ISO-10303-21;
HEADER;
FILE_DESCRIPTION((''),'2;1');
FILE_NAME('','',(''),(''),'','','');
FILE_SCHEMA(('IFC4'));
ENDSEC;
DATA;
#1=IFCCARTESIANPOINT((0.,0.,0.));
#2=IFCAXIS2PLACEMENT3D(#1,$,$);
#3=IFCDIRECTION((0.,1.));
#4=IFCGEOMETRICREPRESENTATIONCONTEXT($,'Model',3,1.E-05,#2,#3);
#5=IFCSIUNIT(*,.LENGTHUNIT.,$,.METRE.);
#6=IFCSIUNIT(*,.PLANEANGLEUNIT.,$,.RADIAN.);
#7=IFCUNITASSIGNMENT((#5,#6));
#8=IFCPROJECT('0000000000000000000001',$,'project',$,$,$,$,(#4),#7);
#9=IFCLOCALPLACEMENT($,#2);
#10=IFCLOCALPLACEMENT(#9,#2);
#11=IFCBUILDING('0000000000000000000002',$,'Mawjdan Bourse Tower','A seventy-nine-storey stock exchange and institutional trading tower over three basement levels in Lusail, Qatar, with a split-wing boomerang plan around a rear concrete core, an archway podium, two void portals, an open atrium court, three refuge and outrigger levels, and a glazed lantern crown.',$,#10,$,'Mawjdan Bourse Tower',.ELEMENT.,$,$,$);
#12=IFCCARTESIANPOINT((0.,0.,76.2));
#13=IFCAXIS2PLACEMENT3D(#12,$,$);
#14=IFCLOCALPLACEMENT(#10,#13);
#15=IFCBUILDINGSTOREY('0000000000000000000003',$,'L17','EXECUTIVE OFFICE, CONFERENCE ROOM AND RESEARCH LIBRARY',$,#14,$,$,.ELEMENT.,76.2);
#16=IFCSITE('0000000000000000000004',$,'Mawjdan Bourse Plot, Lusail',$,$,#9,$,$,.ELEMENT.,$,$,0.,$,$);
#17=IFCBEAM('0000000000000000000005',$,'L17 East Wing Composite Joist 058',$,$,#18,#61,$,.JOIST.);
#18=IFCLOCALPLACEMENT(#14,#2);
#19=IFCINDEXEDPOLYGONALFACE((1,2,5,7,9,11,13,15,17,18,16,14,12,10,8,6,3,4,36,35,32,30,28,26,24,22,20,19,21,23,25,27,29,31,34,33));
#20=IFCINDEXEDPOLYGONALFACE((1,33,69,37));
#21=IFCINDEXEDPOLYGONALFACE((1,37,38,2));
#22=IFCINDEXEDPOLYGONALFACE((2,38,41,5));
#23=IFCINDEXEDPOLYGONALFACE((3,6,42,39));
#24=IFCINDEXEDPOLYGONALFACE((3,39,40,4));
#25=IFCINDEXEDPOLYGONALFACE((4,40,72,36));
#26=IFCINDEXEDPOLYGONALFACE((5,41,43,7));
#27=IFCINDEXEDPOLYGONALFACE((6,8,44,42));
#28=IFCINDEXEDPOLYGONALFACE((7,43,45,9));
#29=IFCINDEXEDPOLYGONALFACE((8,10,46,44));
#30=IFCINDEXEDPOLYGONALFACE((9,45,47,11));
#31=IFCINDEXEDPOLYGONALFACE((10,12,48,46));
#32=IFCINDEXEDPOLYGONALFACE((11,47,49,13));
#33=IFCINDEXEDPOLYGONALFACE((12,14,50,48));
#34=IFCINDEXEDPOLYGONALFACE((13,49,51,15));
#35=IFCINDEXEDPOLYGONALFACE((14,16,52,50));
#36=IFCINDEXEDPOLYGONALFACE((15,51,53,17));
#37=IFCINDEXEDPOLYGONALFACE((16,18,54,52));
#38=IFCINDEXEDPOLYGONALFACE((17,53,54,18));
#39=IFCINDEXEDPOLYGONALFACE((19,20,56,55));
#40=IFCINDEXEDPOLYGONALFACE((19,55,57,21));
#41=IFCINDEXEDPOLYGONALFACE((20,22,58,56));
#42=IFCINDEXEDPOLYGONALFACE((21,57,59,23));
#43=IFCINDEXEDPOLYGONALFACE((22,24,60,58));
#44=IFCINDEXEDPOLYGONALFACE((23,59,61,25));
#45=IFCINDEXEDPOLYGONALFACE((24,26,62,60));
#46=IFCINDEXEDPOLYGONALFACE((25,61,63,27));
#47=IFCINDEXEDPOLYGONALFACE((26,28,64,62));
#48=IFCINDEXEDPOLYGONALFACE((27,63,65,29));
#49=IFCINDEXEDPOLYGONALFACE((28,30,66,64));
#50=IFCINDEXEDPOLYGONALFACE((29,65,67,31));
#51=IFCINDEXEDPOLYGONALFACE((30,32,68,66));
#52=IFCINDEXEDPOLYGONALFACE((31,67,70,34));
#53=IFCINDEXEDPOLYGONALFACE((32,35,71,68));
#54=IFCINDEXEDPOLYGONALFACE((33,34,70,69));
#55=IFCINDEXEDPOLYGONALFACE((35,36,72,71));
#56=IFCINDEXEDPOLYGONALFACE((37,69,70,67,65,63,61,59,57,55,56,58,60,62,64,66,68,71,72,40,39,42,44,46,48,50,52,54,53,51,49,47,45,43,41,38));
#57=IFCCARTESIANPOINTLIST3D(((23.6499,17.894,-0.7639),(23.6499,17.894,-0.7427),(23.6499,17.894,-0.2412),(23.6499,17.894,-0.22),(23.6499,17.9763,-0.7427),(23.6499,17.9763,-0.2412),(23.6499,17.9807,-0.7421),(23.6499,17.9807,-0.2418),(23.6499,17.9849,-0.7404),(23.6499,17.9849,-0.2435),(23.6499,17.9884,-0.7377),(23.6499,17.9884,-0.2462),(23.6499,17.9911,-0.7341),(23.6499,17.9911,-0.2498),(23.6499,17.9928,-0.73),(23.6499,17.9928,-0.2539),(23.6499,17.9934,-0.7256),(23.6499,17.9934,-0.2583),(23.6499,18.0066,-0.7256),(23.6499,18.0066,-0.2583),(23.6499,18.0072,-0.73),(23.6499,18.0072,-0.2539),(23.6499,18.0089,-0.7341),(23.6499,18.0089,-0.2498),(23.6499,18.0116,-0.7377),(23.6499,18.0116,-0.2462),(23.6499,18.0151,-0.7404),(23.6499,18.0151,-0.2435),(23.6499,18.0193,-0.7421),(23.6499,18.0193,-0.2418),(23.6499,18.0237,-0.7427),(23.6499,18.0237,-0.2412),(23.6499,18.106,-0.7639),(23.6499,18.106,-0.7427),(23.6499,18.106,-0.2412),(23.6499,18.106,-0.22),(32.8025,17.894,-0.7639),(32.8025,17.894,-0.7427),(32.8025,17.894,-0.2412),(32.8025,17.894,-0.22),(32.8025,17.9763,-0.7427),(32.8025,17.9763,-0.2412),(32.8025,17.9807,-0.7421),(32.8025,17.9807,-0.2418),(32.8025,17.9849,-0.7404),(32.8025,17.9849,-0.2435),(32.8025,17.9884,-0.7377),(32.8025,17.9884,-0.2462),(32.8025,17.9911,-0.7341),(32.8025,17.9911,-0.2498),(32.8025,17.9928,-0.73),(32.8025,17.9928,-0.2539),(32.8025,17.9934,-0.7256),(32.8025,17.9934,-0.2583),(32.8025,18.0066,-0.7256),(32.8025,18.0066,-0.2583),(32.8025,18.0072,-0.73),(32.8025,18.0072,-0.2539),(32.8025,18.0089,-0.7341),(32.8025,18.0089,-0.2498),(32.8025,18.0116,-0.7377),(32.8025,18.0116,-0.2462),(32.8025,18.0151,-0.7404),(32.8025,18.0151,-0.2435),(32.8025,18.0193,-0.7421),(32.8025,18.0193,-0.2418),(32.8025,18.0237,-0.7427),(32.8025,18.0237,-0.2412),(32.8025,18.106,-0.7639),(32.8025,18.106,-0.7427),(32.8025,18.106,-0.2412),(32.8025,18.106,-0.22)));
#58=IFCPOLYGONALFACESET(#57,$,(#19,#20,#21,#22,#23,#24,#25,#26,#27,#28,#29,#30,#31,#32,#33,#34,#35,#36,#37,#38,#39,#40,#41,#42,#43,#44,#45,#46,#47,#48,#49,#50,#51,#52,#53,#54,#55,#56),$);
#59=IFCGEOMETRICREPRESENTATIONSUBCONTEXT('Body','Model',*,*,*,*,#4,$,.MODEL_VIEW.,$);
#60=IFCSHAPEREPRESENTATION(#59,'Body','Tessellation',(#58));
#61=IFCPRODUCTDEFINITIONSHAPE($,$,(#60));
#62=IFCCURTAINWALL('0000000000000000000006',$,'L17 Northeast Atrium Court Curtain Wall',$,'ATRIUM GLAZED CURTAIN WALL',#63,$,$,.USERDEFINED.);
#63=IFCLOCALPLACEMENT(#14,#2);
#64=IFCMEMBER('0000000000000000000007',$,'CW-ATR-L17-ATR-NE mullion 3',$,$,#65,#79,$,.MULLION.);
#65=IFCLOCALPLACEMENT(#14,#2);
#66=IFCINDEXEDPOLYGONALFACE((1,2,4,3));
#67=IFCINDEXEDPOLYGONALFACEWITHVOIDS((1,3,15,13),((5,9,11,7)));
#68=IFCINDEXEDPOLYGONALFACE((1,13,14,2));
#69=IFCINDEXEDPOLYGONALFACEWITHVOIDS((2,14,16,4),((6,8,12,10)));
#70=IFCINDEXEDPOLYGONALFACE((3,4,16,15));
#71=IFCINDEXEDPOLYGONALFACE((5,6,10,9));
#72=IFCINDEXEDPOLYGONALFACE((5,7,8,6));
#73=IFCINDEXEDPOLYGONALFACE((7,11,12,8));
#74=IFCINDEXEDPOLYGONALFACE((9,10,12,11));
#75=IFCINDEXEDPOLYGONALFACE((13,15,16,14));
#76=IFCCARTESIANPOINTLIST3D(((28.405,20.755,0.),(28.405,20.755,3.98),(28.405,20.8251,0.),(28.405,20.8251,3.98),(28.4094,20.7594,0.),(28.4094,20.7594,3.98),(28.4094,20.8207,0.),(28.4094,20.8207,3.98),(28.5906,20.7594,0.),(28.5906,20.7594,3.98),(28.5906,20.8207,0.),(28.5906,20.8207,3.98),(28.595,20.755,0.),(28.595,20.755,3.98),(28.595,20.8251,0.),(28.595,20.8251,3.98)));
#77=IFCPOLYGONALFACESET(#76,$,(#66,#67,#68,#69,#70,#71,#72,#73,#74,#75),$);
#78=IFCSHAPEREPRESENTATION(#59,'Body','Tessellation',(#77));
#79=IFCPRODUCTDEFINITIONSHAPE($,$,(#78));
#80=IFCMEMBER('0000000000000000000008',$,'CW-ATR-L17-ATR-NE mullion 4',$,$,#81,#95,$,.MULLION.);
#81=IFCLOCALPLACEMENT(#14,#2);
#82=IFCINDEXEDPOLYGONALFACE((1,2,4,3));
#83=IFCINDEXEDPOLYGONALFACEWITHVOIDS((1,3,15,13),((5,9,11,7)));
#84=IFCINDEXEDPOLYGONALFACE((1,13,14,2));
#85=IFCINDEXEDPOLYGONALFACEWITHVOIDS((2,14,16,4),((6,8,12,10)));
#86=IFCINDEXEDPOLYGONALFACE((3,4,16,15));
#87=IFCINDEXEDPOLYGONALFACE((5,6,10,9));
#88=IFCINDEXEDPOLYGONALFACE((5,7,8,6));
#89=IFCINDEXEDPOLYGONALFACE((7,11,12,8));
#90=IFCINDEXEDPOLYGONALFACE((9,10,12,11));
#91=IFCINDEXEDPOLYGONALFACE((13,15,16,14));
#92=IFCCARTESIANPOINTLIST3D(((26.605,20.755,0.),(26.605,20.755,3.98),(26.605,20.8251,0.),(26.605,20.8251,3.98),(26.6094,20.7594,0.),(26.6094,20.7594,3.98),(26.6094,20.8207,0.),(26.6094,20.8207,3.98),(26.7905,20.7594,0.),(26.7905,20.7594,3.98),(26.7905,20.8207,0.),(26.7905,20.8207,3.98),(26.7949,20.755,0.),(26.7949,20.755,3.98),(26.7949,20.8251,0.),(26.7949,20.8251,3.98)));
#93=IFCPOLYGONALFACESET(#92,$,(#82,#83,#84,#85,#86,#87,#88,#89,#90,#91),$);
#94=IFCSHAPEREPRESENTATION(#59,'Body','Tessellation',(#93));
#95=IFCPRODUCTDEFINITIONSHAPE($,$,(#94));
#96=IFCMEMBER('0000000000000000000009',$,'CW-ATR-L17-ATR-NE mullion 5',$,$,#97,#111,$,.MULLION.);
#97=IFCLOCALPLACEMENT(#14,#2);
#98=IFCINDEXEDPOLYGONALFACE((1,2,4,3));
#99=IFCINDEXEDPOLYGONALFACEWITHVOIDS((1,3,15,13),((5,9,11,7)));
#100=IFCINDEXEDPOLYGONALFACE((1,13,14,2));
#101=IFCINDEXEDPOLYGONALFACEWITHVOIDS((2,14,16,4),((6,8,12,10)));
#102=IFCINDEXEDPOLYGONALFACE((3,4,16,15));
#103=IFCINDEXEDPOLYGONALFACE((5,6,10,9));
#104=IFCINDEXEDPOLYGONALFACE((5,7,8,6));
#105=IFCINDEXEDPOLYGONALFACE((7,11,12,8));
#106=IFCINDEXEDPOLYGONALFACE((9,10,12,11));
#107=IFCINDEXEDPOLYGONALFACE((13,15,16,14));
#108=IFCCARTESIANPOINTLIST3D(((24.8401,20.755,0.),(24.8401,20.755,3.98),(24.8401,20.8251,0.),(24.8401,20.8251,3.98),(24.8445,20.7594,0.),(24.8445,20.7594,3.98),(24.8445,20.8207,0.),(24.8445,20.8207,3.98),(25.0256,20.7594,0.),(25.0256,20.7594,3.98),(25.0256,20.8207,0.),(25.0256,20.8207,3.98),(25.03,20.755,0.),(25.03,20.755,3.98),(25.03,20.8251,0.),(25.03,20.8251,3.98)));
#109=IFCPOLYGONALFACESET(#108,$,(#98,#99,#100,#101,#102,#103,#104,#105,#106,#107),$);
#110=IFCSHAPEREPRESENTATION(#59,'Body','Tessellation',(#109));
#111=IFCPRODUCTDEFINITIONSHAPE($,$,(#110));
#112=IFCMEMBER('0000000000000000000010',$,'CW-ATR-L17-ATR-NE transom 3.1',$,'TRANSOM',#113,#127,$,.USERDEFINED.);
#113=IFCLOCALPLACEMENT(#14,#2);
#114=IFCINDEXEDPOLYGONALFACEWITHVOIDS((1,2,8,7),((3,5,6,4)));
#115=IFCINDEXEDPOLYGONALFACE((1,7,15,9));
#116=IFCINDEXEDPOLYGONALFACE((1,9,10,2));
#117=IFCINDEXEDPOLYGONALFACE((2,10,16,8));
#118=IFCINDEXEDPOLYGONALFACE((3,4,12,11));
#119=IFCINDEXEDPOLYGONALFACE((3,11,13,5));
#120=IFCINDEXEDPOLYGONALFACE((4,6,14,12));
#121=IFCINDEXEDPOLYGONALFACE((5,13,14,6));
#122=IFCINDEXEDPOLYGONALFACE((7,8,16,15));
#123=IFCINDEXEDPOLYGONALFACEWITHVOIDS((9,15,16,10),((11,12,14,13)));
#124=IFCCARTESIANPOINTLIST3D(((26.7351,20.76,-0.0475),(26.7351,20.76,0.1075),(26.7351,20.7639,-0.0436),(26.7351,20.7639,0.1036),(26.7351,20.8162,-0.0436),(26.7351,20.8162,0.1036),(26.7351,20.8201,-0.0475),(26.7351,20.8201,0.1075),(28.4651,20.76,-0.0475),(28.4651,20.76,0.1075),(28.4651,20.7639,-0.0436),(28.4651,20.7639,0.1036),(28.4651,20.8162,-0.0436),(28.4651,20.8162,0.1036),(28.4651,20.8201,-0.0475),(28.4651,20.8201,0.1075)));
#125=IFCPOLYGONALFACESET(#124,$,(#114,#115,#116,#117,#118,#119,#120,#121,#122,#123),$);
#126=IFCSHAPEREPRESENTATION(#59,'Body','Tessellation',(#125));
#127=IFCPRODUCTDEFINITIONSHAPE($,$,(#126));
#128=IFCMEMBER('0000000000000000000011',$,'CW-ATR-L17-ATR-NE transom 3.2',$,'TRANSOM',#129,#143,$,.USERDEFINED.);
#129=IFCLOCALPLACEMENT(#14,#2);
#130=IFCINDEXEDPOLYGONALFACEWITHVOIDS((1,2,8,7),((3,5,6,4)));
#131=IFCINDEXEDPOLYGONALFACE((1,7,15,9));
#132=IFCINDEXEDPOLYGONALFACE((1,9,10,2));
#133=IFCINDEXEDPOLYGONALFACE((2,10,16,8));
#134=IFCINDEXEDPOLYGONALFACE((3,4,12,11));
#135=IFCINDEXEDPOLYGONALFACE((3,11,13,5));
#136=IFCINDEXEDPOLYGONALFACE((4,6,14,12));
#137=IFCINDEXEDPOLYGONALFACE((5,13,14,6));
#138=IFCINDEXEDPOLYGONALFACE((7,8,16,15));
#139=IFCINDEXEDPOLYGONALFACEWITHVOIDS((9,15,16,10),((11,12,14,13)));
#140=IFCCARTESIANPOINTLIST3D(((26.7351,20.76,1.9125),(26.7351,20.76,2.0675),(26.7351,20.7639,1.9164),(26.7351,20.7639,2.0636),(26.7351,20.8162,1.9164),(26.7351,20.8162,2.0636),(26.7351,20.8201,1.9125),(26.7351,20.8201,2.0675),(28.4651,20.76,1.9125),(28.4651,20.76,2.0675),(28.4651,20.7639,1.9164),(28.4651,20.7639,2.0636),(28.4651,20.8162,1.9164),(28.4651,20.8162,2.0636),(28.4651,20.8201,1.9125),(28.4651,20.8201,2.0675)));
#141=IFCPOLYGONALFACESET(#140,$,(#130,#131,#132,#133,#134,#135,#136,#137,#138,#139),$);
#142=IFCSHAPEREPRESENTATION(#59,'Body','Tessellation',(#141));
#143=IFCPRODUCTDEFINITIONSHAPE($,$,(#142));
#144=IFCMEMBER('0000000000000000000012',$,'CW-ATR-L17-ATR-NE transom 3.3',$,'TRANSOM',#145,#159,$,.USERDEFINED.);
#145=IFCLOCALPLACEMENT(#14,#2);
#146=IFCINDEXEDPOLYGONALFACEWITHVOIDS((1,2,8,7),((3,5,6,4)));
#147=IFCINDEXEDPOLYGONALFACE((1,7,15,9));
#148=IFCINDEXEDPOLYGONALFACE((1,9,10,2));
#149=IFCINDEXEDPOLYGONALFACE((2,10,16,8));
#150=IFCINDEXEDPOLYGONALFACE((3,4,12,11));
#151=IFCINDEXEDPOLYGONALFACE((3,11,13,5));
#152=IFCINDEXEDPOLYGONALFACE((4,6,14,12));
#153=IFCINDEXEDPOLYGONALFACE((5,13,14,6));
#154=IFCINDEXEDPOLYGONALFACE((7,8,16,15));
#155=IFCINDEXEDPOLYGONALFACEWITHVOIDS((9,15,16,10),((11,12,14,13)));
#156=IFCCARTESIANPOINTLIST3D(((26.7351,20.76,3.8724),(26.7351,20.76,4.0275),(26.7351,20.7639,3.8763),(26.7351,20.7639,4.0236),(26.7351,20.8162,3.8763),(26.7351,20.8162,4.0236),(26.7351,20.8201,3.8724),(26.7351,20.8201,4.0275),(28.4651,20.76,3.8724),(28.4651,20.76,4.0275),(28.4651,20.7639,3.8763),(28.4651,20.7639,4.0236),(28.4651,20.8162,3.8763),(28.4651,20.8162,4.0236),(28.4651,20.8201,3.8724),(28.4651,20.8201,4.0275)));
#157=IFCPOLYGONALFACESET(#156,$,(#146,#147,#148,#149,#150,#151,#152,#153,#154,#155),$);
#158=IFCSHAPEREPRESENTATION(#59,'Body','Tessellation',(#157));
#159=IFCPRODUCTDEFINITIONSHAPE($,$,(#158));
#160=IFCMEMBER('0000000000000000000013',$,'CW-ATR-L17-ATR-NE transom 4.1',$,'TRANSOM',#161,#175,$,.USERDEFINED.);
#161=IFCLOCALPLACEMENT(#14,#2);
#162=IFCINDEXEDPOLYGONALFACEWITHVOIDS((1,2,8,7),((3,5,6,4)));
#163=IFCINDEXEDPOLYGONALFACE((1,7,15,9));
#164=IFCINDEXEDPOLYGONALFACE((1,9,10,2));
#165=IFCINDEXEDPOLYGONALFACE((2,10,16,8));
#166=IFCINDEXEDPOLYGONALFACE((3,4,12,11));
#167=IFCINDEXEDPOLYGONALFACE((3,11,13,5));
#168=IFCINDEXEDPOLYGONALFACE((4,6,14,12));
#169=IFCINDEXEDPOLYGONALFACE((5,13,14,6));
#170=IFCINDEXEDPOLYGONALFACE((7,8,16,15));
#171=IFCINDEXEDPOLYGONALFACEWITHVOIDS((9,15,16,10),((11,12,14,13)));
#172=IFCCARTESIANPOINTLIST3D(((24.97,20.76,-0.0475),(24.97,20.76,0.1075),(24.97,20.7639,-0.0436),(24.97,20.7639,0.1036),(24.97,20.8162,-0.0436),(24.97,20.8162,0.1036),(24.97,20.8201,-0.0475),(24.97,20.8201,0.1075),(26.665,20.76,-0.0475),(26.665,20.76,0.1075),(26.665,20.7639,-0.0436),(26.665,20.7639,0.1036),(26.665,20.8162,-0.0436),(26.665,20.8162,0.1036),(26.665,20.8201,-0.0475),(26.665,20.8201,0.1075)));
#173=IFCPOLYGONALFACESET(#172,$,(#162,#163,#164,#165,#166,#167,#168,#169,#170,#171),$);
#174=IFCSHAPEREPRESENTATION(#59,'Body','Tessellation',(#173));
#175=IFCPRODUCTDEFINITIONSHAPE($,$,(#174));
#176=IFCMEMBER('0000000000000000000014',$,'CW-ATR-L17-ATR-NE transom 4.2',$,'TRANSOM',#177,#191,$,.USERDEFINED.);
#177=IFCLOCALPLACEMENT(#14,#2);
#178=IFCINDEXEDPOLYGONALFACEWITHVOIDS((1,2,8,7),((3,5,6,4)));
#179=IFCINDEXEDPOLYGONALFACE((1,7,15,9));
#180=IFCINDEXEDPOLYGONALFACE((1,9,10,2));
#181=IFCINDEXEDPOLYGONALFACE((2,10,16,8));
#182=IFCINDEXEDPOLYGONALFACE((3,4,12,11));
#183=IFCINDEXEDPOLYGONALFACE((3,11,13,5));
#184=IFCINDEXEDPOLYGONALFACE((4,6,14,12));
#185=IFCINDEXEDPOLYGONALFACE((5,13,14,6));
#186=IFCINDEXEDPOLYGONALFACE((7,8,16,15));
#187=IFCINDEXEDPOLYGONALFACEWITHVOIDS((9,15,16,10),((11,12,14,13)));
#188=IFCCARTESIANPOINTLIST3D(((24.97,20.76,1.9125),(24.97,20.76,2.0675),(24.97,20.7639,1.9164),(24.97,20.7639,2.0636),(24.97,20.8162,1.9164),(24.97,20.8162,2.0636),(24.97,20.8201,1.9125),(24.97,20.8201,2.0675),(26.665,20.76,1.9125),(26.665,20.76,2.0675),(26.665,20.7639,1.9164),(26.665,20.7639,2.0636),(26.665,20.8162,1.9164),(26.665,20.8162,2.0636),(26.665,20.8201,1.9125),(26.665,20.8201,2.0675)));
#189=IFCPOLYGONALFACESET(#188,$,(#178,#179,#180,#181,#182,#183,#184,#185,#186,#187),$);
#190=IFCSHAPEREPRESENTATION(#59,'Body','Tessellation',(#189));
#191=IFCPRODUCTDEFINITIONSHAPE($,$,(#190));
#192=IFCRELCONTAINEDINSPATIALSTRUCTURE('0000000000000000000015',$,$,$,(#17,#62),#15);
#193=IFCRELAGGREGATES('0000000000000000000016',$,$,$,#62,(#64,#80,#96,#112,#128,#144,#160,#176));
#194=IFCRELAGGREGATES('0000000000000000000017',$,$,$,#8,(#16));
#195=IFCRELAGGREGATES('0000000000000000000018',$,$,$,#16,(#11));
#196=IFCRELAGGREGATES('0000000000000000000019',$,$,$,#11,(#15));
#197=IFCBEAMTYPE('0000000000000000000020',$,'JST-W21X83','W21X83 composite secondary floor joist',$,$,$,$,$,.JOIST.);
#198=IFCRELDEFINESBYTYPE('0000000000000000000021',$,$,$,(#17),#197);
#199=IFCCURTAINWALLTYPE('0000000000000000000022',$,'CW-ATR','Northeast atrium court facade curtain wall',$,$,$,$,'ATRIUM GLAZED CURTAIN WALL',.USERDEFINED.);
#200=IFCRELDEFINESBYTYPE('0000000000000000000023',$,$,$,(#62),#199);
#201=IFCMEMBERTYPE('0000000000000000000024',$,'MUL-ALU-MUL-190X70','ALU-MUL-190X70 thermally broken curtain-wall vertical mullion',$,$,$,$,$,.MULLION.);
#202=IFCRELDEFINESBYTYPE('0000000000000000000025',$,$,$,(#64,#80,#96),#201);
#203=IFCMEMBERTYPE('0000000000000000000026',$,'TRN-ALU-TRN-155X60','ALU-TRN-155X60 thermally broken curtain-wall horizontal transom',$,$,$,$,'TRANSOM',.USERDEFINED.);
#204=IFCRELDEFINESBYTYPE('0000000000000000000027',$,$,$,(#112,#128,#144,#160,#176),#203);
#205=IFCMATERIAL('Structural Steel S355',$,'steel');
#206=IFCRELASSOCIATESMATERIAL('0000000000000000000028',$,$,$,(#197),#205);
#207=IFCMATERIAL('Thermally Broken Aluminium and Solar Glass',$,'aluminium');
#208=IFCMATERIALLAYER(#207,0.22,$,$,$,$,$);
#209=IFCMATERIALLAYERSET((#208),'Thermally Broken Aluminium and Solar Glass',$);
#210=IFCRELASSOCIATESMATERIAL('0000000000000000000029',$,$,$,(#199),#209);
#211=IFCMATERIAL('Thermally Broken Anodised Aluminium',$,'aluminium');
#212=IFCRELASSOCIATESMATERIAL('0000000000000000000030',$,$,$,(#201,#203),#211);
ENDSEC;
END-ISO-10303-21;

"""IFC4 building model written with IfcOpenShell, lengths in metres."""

from ifc_helpers import new_model, si_unit, direction, frame, origin, origin_2d, place, context, subcontext, project, spatial, hollow_rectangle, i_section, extrude, material, layer, layer_set, material_profile, profile_set, type_object, element, aggregate, save


model = new_model("IFC4")

# Units and contexts
model_context = context("Model", 3, precision=1e-05, world=origin(), true_north=direction((0.0, 1.0)))
body_context = subcontext(model_context, "Body", "Model", "MODEL_VIEW")
ifc_project = project(units=[si_unit("LENGTHUNIT", "METRE"), si_unit("PLANEANGLEUNIT", "RADIAN")], contexts=[model_context])

# Site, building, storey
site_placement = place(None, origin())
site = spatial("IfcSite", under=ifc_project, at=site_placement, Name="Mawjdan Bourse Plot, Lusail", CompositionType="ELEMENT", RefElevation=0.0)
building_placement = place(site_placement, origin())
building = spatial("IfcBuilding", under=site, at=building_placement, Name="Mawjdan Bourse Tower", Description="A seventy-nine-storey stock exchange and institutional trading tower over three basement levels in Lusail, Qatar, with a split-wing boomerang plan around a rear concrete core, an archway podium, two void portals, an open atrium court, three refuge and outrigger levels, and a glazed lantern crown.", LongName="Mawjdan Bourse Tower", CompositionType="ELEMENT")
storey_placement = place(building_placement, frame((0.0, 0.0, 76.2)))
storey = spatial("IfcBuildingStorey", under=building, at=storey_placement, Name="L17", Description="EXECUTIVE OFFICE, CONFERENCE ROOM AND RESEARCH LIBRARY", CompositionType="ELEMENT", Elevation=76.2)

# Beam
ifc_material_1 = material(Name="Structural Steel S355", Category="steel")
ifc_material_profile_1 = material_profile(ifc_material_1, i_section(OverallWidth=0.2119, OverallDepth=0.5439, WebThickness=0.0132, FlangeThickness=0.0212, FilletRadius=0.0171, at=origin_2d()), Name="W21X83")
ifc_profile_set_1 = profile_set([ifc_material_profile_1], Name="Structural Steel S355")
beam_type = type_object("IfcBeamType", Name="JST-W21X83", Description="W21X83 composite secondary floor joist", PredefinedType="JOIST", material=ifc_profile_set_1)
beam_placement = place(storey_placement, frame((23.6499, 18.0, -0.4919), z_axis=(1.0, 0.0, 0.0), x_axis=(0.0, 1.0, 0.0)))
element("IfcBeam", 1, at=beam_placement, inside=storey, type_object=beam_type, Name="L17 East Wing Composite Joist 058", PredefinedType="JOIST", context=body_context, shape_type="SweptSolid", body=[
    extrude(i_section(OverallWidth=0.2119, OverallDepth=0.5439, WebThickness=0.0132, FlangeThickness=0.0212, FilletRadius=0.0171, at=origin_2d()), origin(), (0.0, 0.0, 1.0), 9.1526),
])

# Curtain wall, members
ifc_material_2 = material(Name="Thermally Broken Aluminium and Solar Glass", Category="aluminium")
ifc_layer_1 = layer(ifc_material_2, 0.22)
ifc_layer_set_1 = layer_set([ifc_layer_1], Name="Thermally Broken Aluminium and Solar Glass")
curtain_wall_type = type_object("IfcCurtainWallType", Name="CW-ATR", Description="Northeast atrium court facade curtain wall", ElementType="ATRIUM GLAZED CURTAIN WALL", PredefinedType="USERDEFINED", material=ifc_layer_set_1)
curtain_wall_placement = place(storey_placement, origin())
curtain_wall = element("IfcCurtainWall", 2, at=curtain_wall_placement, inside=storey, type_object=curtain_wall_type, Name="L17 Northeast Atrium Court Curtain Wall", ObjectType="ATRIUM GLAZED CURTAIN WALL", PredefinedType="USERDEFINED")
ifc_material_3 = material(Name="Thermally Broken Anodised Aluminium", Category="aluminium")
ifc_material_profile_2 = material_profile(ifc_material_3, hollow_rectangle(XDim=0.0701, YDim=0.1899, WallThickness=0.0044, at=origin_2d()), Name="ALU-MUL-190X70")
ifc_profile_set_2 = profile_set([ifc_material_profile_2], Name="Thermally Broken Anodised Aluminium")
member_type_1 = type_object("IfcMemberType", Name="MUL-ALU-MUL-190X70", Description="ALU-MUL-190X70 thermally broken curtain-wall vertical mullion", PredefinedType="MULLION", material=ifc_profile_set_2)
member_1_placement = place(storey_placement, frame((28.5, 20.79, 0.0), z_axis=(0.0, 0.0, 1.0), x_axis=(0.0, -1.0, 0.0)))
member_1 = element("IfcMember", 3, at=member_1_placement, type_object=member_type_1, Name="CW-ATR-L17-ATR-NE mullion 3", PredefinedType="MULLION", context=body_context, shape_type="SweptSolid", body=[
    extrude(hollow_rectangle(XDim=0.0701, YDim=0.1899, WallThickness=0.0044, at=origin_2d()), origin(), (0.0, 0.0, 1.0), 3.98),
])
member_2_placement = place(storey_placement, frame((26.7, 20.79, 0.0), z_axis=(0.0, 0.0, 1.0), x_axis=(0.0, -1.0, 0.0)))
member_2 = element("IfcMember", 4, at=member_2_placement, type_object=member_type_1, Name="CW-ATR-L17-ATR-NE mullion 4", PredefinedType="MULLION", context=body_context, shape_type="SweptSolid", body=[
    extrude(hollow_rectangle(XDim=0.0701, YDim=0.1899, WallThickness=0.0044, at=origin_2d()), origin(), (0.0, 0.0, 1.0), 3.98),
])
member_3_placement = place(storey_placement, frame((24.9351, 20.79, 0.0), z_axis=(0.0, 0.0, 1.0), x_axis=(0.0, -1.0, 0.0)))
member_3 = element("IfcMember", 5, at=member_3_placement, type_object=member_type_1, Name="CW-ATR-L17-ATR-NE mullion 5", PredefinedType="MULLION", context=body_context, shape_type="SweptSolid", body=[
    extrude(hollow_rectangle(XDim=0.0701, YDim=0.1899, WallThickness=0.0044, at=origin_2d()), origin(), (0.0, 0.0, 1.0), 3.98),
])
ifc_material_profile_3 = material_profile(ifc_material_3, hollow_rectangle(XDim=0.0601, YDim=0.155, WallThickness=0.0039, at=origin_2d()), Name="ALU-TRN-155X60")
ifc_profile_set_3 = profile_set([ifc_material_profile_3], Name="Thermally Broken Anodised Aluminium")
member_type_2 = type_object("IfcMemberType", Name="TRN-ALU-TRN-155X60", Description="ALU-TRN-155X60 thermally broken curtain-wall horizontal transom", ElementType="TRANSOM", PredefinedType="USERDEFINED", material=ifc_profile_set_3)
member_4_placement = place(storey_placement, frame((28.4651, 20.79, 0.03), z_axis=(-1.0, 0.0, 0.0), x_axis=(0.0, -1.0, 0.0)))
member_4 = element("IfcMember", 6, at=member_4_placement, type_object=member_type_2, Name="CW-ATR-L17-ATR-NE transom 3.1", ObjectType="TRANSOM", PredefinedType="USERDEFINED", context=body_context, shape_type="SweptSolid", body=[
    extrude(hollow_rectangle(XDim=0.0601, YDim=0.155, WallThickness=0.0039, at=origin_2d()), origin(), (0.0, 0.0, 1.0), 1.73),
])
member_5_placement = place(storey_placement, frame((28.4651, 20.79, 1.99), z_axis=(-1.0, 0.0, 0.0), x_axis=(0.0, -1.0, 0.0)))
member_5 = element("IfcMember", 7, at=member_5_placement, type_object=member_type_2, Name="CW-ATR-L17-ATR-NE transom 3.2", ObjectType="TRANSOM", PredefinedType="USERDEFINED", context=body_context, shape_type="SweptSolid", body=[
    extrude(hollow_rectangle(XDim=0.0601, YDim=0.155, WallThickness=0.0039, at=origin_2d()), origin(), (0.0, 0.0, 1.0), 1.73),
])
member_6_placement = place(storey_placement, frame((28.4651, 20.79, 3.95), z_axis=(-1.0, 0.0, 0.0), x_axis=(0.0, -1.0, 0.0)))
member_6 = element("IfcMember", 8, at=member_6_placement, type_object=member_type_2, Name="CW-ATR-L17-ATR-NE transom 3.3", ObjectType="TRANSOM", PredefinedType="USERDEFINED", context=body_context, shape_type="SweptSolid", body=[
    extrude(hollow_rectangle(XDim=0.0601, YDim=0.155, WallThickness=0.0039, at=origin_2d()), origin(), (0.0, 0.0, 1.0), 1.73),
])
member_7_placement = place(storey_placement, frame((26.665, 20.79, 0.03), z_axis=(-1.0, 0.0, 0.0), x_axis=(0.0, -1.0, 0.0)))
member_7 = element("IfcMember", 9, at=member_7_placement, type_object=member_type_2, Name="CW-ATR-L17-ATR-NE transom 4.1", ObjectType="TRANSOM", PredefinedType="USERDEFINED", context=body_context, shape_type="SweptSolid", body=[
    extrude(hollow_rectangle(XDim=0.0601, YDim=0.155, WallThickness=0.0039, at=origin_2d()), origin(), (0.0, 0.0, 1.0), 1.6951),
])
member_8_placement = place(storey_placement, frame((26.665, 20.79, 1.99), z_axis=(-1.0, 0.0, 0.0), x_axis=(0.0, -1.0, 0.0)))
member_8 = element("IfcMember", 10, at=member_8_placement, type_object=member_type_2, Name="CW-ATR-L17-ATR-NE transom 4.2", ObjectType="TRANSOM", PredefinedType="USERDEFINED", context=body_context, shape_type="SweptSolid", body=[
    extrude(hollow_rectangle(XDim=0.0601, YDim=0.155, WallThickness=0.0039, at=origin_2d()), origin(), (0.0, 0.0, 1.0), 1.6951),
])
aggregate(curtain_wall, [member_1, member_2, member_3, member_4, member_5, member_6, member_7, member_8])

save(model, "model.ifc")
